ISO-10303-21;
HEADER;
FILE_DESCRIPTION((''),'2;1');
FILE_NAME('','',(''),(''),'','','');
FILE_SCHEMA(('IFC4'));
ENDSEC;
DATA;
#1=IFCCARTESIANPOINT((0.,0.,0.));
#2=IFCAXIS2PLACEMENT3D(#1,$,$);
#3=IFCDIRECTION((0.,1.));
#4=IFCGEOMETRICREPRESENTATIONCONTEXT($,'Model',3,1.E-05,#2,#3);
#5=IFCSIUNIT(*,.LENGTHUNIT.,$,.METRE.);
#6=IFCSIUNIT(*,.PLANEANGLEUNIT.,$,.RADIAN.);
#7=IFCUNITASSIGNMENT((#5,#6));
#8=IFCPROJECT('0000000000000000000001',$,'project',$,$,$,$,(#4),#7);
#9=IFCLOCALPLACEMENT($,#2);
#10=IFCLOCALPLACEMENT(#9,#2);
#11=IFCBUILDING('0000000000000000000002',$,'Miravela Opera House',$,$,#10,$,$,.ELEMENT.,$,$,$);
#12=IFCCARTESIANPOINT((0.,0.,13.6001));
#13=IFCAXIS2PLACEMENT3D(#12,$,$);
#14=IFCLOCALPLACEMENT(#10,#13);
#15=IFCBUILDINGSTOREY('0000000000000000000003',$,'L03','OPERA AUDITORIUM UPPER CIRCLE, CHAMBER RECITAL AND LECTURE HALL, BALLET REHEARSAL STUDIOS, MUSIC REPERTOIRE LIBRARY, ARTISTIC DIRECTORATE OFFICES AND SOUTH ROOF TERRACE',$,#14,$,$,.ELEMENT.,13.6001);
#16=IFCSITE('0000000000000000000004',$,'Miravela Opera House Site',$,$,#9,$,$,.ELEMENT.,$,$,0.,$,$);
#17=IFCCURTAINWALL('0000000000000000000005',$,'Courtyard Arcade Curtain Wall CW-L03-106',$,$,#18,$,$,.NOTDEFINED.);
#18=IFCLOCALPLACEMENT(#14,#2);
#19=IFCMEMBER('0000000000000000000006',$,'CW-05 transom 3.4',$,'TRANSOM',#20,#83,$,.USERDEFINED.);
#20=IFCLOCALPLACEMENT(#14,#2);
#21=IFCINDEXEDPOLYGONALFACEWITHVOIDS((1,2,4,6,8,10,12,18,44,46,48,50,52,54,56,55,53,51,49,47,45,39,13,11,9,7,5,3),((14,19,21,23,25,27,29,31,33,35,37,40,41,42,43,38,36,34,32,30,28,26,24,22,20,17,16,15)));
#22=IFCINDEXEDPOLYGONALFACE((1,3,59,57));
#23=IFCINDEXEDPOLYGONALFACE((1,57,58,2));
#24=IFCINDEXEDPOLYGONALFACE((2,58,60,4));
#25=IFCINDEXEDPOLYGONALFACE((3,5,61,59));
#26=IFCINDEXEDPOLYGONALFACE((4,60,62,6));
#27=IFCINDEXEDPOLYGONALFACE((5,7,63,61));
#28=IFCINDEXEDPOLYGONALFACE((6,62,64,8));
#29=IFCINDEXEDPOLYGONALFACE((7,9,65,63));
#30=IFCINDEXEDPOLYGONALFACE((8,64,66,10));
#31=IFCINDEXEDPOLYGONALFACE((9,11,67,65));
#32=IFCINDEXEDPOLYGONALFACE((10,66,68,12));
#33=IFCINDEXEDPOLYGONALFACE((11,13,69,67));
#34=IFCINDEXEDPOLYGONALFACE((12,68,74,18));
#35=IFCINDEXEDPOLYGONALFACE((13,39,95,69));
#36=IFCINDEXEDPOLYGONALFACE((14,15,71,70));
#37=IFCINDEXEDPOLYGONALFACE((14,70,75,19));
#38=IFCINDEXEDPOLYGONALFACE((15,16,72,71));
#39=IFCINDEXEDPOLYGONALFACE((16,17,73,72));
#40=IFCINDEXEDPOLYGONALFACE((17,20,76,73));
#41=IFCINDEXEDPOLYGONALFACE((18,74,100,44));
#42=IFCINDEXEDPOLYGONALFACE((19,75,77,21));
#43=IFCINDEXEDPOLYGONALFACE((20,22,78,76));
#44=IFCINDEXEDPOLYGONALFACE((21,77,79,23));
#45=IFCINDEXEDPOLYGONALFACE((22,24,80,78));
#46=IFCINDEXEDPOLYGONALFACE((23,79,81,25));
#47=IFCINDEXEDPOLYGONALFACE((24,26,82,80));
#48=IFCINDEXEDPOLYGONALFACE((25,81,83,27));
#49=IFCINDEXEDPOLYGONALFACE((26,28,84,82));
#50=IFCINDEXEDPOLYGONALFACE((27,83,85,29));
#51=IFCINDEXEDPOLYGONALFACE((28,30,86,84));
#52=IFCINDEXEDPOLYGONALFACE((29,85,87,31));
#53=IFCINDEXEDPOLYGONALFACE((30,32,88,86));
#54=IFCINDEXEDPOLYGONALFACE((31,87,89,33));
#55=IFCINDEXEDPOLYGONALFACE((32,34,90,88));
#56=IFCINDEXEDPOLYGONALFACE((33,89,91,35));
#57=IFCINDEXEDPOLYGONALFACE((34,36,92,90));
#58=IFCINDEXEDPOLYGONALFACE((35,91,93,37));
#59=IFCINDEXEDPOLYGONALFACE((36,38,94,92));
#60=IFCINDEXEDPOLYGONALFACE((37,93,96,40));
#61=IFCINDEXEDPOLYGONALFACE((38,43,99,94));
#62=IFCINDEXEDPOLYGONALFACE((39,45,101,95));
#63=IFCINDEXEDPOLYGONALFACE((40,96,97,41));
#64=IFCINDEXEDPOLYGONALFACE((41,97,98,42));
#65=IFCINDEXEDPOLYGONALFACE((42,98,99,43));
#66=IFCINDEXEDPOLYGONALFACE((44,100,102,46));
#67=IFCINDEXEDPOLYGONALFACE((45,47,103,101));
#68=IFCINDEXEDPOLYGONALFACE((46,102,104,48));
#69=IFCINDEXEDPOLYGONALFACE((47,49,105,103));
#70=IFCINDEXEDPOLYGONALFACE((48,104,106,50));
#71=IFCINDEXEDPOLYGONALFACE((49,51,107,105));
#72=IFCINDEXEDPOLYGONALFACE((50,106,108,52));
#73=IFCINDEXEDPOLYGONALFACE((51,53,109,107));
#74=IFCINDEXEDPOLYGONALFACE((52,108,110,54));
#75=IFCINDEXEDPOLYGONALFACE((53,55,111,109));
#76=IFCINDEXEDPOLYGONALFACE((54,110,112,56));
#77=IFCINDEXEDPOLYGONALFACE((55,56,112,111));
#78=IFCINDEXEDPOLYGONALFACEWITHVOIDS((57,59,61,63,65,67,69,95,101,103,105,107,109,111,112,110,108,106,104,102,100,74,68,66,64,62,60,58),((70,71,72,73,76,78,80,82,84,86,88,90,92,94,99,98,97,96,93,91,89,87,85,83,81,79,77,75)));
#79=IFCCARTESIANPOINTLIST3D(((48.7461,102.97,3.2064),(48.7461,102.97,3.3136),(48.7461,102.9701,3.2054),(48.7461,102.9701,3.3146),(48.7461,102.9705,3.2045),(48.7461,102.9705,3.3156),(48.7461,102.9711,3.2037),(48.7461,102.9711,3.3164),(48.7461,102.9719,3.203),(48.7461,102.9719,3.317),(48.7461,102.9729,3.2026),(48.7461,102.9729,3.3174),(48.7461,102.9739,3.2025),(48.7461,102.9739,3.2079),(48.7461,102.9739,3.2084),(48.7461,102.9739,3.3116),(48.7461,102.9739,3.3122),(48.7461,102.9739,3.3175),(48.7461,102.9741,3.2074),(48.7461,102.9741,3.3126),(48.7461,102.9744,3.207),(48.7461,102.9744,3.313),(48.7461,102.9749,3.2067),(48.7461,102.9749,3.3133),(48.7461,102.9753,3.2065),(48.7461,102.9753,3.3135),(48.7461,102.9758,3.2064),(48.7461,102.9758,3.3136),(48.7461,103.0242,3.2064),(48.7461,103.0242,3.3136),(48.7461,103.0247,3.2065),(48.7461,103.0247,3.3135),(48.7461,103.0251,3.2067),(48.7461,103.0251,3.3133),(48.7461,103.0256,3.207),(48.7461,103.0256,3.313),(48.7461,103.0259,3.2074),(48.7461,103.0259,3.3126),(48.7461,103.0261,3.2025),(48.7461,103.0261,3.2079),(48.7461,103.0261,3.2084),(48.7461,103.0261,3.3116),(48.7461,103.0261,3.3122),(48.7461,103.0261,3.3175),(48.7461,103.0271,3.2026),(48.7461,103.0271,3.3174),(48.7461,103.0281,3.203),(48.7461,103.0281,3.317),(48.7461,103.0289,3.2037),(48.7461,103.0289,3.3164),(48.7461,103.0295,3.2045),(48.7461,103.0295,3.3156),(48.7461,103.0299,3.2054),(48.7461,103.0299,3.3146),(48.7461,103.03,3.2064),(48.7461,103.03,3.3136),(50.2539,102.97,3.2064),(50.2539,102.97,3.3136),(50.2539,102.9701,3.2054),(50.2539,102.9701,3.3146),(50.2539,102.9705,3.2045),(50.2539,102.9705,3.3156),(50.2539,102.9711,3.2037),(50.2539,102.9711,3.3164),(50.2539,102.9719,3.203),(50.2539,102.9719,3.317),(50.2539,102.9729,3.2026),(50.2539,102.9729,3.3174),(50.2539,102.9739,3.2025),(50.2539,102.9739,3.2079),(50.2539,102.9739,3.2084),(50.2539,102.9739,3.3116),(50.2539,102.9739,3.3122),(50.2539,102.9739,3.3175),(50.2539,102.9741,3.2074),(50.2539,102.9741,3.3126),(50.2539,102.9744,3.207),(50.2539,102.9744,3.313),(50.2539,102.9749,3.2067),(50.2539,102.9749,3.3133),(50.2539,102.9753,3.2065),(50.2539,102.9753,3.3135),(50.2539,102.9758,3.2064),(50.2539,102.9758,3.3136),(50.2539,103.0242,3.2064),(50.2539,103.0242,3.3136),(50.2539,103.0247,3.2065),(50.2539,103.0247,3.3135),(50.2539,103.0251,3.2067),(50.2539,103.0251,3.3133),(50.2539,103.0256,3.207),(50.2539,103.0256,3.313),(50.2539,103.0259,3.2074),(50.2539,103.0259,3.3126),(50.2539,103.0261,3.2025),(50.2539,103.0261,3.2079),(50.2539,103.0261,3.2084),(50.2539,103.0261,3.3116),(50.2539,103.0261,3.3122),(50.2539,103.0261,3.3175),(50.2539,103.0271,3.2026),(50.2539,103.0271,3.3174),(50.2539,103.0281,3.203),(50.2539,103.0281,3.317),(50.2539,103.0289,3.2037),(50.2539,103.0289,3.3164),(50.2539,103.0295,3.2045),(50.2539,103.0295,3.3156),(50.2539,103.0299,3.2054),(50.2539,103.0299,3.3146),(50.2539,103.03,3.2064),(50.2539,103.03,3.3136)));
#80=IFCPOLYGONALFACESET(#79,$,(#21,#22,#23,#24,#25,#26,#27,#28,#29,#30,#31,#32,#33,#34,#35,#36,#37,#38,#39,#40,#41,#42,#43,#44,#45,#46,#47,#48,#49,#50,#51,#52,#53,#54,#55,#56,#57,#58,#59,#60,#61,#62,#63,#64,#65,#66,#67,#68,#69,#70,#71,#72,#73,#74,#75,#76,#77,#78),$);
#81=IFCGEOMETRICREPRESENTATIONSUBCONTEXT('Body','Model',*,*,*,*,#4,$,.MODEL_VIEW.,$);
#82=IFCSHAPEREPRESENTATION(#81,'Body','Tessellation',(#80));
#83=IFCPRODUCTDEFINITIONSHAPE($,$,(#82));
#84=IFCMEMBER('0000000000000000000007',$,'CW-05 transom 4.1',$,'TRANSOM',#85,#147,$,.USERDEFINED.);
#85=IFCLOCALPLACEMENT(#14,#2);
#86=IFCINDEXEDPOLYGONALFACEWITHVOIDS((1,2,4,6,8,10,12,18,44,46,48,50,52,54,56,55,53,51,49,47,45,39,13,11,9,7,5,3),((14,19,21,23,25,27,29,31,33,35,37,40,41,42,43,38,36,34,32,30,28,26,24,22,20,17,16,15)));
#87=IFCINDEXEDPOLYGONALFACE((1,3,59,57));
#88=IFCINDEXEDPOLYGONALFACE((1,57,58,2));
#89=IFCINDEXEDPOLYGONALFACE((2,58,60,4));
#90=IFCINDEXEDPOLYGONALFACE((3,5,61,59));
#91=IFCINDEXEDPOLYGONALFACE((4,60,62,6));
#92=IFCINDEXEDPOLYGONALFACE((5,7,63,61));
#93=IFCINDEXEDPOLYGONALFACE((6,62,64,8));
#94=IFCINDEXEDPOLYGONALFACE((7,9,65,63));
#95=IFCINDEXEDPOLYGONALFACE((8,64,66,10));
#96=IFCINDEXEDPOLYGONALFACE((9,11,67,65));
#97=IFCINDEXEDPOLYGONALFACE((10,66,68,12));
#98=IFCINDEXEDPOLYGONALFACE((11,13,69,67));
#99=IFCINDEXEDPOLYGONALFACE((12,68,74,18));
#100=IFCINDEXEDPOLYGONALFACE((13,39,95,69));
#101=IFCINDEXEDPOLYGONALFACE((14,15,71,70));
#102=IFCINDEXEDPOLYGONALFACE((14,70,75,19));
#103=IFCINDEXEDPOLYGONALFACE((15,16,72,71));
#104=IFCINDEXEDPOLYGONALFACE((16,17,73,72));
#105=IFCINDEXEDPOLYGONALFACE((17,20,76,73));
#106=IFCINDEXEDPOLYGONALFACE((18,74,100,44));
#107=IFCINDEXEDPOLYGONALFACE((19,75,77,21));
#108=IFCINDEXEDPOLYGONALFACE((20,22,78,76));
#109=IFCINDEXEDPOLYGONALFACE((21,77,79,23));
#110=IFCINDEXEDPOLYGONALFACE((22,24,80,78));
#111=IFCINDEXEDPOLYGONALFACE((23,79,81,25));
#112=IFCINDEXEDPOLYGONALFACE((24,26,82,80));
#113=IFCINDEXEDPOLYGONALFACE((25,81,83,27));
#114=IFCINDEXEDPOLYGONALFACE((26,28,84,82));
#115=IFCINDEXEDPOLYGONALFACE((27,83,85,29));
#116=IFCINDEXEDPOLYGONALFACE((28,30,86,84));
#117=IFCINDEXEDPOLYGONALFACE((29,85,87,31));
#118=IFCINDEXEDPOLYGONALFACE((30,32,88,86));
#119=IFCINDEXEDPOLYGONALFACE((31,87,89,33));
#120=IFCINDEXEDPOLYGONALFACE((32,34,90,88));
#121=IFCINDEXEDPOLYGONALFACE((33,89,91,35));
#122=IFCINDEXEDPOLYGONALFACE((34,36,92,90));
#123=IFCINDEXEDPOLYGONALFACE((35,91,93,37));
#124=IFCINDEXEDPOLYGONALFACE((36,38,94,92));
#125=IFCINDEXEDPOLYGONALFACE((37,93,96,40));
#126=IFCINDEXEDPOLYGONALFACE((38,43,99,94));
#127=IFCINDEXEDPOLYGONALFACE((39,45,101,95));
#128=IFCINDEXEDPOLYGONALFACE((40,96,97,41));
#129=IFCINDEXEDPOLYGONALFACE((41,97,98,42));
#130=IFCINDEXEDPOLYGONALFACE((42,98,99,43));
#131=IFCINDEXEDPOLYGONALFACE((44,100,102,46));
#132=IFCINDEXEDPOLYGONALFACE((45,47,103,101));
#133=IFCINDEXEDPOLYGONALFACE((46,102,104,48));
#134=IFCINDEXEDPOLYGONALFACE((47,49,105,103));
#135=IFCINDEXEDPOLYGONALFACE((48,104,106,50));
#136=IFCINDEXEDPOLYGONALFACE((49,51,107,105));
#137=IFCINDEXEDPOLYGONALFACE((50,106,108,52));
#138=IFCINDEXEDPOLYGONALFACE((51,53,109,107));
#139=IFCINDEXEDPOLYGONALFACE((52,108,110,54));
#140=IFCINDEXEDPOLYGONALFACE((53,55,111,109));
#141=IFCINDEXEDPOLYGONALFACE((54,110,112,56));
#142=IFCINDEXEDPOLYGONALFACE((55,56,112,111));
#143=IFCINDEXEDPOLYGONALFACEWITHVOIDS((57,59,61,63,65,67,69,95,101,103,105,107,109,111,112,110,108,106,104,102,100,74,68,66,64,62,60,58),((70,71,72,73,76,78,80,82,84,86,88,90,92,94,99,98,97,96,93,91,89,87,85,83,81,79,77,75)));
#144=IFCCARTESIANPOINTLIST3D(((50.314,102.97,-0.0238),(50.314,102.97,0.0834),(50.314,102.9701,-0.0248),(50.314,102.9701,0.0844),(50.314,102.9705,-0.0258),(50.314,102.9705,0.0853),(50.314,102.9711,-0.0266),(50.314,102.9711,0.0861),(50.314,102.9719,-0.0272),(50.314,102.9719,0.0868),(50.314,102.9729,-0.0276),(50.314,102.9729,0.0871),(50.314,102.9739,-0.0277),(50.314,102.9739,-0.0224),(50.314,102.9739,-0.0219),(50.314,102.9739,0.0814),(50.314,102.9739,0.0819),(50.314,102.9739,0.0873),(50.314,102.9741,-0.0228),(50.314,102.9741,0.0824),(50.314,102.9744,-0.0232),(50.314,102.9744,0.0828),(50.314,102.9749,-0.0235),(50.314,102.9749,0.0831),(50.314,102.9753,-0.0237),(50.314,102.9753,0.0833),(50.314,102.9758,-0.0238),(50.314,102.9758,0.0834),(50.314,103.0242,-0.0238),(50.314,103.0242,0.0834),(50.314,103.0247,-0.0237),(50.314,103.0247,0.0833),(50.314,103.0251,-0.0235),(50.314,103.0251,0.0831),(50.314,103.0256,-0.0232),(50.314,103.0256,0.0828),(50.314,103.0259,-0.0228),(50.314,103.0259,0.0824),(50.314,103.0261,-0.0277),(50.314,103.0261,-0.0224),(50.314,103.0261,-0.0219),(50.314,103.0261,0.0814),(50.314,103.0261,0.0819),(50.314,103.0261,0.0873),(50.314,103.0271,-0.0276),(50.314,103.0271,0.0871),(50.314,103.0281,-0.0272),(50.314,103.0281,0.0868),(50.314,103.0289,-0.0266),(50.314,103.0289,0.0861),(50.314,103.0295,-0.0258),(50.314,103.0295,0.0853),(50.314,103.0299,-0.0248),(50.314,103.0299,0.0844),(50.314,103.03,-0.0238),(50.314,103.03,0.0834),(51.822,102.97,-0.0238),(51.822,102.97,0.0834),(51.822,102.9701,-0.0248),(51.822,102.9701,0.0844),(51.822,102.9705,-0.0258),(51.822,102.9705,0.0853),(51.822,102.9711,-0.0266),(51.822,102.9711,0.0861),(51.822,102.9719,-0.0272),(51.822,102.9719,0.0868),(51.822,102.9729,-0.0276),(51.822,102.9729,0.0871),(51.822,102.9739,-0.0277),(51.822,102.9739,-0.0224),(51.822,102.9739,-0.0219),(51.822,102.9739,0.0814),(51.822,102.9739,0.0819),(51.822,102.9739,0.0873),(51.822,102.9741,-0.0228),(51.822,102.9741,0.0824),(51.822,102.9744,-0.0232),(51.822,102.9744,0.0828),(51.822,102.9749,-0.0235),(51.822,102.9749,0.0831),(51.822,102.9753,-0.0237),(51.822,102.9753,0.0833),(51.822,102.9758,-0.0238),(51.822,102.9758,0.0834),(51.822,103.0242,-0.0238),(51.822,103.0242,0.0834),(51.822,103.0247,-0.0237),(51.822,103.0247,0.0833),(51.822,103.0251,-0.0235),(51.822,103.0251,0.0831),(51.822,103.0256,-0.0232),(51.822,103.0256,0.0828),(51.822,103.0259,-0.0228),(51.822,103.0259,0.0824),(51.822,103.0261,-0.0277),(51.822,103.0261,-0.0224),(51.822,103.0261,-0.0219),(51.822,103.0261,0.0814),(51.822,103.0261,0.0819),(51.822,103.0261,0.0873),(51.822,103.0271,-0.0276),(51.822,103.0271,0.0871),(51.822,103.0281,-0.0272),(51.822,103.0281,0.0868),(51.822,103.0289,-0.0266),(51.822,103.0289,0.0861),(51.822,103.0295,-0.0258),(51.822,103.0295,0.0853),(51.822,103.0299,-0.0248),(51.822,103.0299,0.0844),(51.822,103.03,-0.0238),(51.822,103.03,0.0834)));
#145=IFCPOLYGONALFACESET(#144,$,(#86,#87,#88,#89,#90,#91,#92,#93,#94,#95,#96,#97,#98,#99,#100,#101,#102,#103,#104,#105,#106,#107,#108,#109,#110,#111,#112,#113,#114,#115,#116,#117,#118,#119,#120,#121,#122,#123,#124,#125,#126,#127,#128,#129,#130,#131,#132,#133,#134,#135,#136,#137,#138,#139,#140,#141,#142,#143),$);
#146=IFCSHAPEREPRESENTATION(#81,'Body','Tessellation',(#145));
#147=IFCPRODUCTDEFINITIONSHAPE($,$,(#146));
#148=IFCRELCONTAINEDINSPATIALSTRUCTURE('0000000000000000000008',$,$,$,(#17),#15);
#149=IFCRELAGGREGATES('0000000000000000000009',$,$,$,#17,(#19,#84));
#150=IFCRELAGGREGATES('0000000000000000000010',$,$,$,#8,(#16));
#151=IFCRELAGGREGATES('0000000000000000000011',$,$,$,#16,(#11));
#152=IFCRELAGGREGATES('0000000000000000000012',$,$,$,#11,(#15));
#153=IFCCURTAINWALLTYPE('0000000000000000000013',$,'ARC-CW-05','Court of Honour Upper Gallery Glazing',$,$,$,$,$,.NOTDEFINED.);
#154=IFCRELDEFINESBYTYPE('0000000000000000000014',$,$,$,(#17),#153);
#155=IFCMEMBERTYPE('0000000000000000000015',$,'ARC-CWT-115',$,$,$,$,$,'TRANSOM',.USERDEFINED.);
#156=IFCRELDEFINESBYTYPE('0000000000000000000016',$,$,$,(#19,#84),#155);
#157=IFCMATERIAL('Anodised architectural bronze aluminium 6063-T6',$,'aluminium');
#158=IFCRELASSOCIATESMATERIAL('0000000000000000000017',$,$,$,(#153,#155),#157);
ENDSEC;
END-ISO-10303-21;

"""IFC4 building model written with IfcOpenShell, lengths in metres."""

from ifc_helpers import new_model, si_unit, direction, frame, origin, origin_2d, place, context, subcontext, project, spatial, hollow_rectangle, extrude, material, material_profile, profile_set, type_object, element, aggregate, save


model = new_model("IFC4")

# Units and contexts
model_context = context("Model", 3, precision=1e-05, world=origin(), true_north=direction((0.0, 1.0)))
body_context = subcontext(model_context, "Body", "Model", "MODEL_VIEW")
ifc_project = project(units=[si_unit("LENGTHUNIT", "METRE"), si_unit("PLANEANGLEUNIT", "RADIAN")], contexts=[model_context])

# Site, building, storey
site_placement = place(None, origin())
site = spatial("IfcSite", under=ifc_project, at=site_placement, Name="Miravela Opera House Site", CompositionType="ELEMENT", RefElevation=0.0)
building_placement = place(site_placement, origin())
building = spatial("IfcBuilding", under=site, at=building_placement, Name="Miravela Opera House", CompositionType="ELEMENT")
storey_placement = place(building_placement, frame((0.0, 0.0, 13.6001)))
storey = spatial("IfcBuildingStorey", under=building, at=storey_placement, Name="L03", Description="OPERA AUDITORIUM UPPER CIRCLE, CHAMBER RECITAL AND LECTURE HALL, BALLET REHEARSAL STUDIOS, MUSIC REPERTOIRE LIBRARY, ARTISTIC DIRECTORATE OFFICES AND SOUTH ROOF TERRACE", CompositionType="ELEMENT", Elevation=13.6001)

# Curtain wall
ifc_material_1 = material(Name="Anodised architectural bronze aluminium 6063-T6", Category="aluminium")
curtain_wall_type = type_object("IfcCurtainWallType", Name="ARC-CW-05", Description="Court of Honour Upper Gallery Glazing", PredefinedType="NOTDEFINED", material=ifc_material_1)
curtain_wall_1_placement = place(storey_placement, origin())
curtain_wall_1 = element("IfcCurtainWall", 1, at=curtain_wall_1_placement, inside=storey, type_object=curtain_wall_type, Name="Courtyard Arcade Curtain Wall CW-L03-106", PredefinedType="NOTDEFINED")

# Members
ifc_material_profile_1 = material_profile(ifc_material_1, hollow_rectangle(XDim=0.0601, YDim=0.115, WallThickness=0.0039, InnerFilletRadius=0.002, OuterFilletRadius=0.0039, at=origin_2d()), Name="CWT-60X115")
ifc_profile_set_1 = profile_set([ifc_material_profile_1])
member_type_1 = type_object("IfcMemberType", Name="ARC-CWT-115", ElementType="TRANSOM", PredefinedType="USERDEFINED", material=ifc_profile_set_1)
member_1_placement = place(storey_placement, frame((48.7461, 103.0, 3.26), z_axis=(1.0, 0.0, 0.0), x_axis=(0.0, 1.0, 0.0)))
member_1 = element("IfcMember", 2, at=member_1_placement, type_object=member_type_1, Name="CW-05 transom 3.4", ObjectType="TRANSOM", PredefinedType="USERDEFINED", context=body_context, shape_type="SweptSolid", body=[
    extrude(hollow_rectangle(XDim=0.0601, YDim=0.115, WallThickness=0.0039, InnerFilletRadius=0.002, OuterFilletRadius=0.0039, at=origin_2d()), origin(), (0.0, 0.0, 1.0), 1.5078),
])
member_2_placement = place(storey_placement, frame((50.314, 103.0, 0.0298), z_axis=(1.0, 0.0, 0.0), x_axis=(0.0, 1.0, 0.0)))
member_2 = element("IfcMember", 3, at=member_2_placement, type_object=member_type_1, Name="CW-05 transom 4.1", ObjectType="TRANSOM", PredefinedType="USERDEFINED", context=body_context, shape_type="SweptSolid", body=[
    extrude(hollow_rectangle(XDim=0.0601, YDim=0.115, WallThickness=0.0039, InnerFilletRadius=0.002, OuterFilletRadius=0.0039, at=origin_2d()), origin(), (0.0, 0.0, 1.0), 1.5081),
])

aggregate(curtain_wall_1, [member_1, member_2])

save(model, "model.ifc")
